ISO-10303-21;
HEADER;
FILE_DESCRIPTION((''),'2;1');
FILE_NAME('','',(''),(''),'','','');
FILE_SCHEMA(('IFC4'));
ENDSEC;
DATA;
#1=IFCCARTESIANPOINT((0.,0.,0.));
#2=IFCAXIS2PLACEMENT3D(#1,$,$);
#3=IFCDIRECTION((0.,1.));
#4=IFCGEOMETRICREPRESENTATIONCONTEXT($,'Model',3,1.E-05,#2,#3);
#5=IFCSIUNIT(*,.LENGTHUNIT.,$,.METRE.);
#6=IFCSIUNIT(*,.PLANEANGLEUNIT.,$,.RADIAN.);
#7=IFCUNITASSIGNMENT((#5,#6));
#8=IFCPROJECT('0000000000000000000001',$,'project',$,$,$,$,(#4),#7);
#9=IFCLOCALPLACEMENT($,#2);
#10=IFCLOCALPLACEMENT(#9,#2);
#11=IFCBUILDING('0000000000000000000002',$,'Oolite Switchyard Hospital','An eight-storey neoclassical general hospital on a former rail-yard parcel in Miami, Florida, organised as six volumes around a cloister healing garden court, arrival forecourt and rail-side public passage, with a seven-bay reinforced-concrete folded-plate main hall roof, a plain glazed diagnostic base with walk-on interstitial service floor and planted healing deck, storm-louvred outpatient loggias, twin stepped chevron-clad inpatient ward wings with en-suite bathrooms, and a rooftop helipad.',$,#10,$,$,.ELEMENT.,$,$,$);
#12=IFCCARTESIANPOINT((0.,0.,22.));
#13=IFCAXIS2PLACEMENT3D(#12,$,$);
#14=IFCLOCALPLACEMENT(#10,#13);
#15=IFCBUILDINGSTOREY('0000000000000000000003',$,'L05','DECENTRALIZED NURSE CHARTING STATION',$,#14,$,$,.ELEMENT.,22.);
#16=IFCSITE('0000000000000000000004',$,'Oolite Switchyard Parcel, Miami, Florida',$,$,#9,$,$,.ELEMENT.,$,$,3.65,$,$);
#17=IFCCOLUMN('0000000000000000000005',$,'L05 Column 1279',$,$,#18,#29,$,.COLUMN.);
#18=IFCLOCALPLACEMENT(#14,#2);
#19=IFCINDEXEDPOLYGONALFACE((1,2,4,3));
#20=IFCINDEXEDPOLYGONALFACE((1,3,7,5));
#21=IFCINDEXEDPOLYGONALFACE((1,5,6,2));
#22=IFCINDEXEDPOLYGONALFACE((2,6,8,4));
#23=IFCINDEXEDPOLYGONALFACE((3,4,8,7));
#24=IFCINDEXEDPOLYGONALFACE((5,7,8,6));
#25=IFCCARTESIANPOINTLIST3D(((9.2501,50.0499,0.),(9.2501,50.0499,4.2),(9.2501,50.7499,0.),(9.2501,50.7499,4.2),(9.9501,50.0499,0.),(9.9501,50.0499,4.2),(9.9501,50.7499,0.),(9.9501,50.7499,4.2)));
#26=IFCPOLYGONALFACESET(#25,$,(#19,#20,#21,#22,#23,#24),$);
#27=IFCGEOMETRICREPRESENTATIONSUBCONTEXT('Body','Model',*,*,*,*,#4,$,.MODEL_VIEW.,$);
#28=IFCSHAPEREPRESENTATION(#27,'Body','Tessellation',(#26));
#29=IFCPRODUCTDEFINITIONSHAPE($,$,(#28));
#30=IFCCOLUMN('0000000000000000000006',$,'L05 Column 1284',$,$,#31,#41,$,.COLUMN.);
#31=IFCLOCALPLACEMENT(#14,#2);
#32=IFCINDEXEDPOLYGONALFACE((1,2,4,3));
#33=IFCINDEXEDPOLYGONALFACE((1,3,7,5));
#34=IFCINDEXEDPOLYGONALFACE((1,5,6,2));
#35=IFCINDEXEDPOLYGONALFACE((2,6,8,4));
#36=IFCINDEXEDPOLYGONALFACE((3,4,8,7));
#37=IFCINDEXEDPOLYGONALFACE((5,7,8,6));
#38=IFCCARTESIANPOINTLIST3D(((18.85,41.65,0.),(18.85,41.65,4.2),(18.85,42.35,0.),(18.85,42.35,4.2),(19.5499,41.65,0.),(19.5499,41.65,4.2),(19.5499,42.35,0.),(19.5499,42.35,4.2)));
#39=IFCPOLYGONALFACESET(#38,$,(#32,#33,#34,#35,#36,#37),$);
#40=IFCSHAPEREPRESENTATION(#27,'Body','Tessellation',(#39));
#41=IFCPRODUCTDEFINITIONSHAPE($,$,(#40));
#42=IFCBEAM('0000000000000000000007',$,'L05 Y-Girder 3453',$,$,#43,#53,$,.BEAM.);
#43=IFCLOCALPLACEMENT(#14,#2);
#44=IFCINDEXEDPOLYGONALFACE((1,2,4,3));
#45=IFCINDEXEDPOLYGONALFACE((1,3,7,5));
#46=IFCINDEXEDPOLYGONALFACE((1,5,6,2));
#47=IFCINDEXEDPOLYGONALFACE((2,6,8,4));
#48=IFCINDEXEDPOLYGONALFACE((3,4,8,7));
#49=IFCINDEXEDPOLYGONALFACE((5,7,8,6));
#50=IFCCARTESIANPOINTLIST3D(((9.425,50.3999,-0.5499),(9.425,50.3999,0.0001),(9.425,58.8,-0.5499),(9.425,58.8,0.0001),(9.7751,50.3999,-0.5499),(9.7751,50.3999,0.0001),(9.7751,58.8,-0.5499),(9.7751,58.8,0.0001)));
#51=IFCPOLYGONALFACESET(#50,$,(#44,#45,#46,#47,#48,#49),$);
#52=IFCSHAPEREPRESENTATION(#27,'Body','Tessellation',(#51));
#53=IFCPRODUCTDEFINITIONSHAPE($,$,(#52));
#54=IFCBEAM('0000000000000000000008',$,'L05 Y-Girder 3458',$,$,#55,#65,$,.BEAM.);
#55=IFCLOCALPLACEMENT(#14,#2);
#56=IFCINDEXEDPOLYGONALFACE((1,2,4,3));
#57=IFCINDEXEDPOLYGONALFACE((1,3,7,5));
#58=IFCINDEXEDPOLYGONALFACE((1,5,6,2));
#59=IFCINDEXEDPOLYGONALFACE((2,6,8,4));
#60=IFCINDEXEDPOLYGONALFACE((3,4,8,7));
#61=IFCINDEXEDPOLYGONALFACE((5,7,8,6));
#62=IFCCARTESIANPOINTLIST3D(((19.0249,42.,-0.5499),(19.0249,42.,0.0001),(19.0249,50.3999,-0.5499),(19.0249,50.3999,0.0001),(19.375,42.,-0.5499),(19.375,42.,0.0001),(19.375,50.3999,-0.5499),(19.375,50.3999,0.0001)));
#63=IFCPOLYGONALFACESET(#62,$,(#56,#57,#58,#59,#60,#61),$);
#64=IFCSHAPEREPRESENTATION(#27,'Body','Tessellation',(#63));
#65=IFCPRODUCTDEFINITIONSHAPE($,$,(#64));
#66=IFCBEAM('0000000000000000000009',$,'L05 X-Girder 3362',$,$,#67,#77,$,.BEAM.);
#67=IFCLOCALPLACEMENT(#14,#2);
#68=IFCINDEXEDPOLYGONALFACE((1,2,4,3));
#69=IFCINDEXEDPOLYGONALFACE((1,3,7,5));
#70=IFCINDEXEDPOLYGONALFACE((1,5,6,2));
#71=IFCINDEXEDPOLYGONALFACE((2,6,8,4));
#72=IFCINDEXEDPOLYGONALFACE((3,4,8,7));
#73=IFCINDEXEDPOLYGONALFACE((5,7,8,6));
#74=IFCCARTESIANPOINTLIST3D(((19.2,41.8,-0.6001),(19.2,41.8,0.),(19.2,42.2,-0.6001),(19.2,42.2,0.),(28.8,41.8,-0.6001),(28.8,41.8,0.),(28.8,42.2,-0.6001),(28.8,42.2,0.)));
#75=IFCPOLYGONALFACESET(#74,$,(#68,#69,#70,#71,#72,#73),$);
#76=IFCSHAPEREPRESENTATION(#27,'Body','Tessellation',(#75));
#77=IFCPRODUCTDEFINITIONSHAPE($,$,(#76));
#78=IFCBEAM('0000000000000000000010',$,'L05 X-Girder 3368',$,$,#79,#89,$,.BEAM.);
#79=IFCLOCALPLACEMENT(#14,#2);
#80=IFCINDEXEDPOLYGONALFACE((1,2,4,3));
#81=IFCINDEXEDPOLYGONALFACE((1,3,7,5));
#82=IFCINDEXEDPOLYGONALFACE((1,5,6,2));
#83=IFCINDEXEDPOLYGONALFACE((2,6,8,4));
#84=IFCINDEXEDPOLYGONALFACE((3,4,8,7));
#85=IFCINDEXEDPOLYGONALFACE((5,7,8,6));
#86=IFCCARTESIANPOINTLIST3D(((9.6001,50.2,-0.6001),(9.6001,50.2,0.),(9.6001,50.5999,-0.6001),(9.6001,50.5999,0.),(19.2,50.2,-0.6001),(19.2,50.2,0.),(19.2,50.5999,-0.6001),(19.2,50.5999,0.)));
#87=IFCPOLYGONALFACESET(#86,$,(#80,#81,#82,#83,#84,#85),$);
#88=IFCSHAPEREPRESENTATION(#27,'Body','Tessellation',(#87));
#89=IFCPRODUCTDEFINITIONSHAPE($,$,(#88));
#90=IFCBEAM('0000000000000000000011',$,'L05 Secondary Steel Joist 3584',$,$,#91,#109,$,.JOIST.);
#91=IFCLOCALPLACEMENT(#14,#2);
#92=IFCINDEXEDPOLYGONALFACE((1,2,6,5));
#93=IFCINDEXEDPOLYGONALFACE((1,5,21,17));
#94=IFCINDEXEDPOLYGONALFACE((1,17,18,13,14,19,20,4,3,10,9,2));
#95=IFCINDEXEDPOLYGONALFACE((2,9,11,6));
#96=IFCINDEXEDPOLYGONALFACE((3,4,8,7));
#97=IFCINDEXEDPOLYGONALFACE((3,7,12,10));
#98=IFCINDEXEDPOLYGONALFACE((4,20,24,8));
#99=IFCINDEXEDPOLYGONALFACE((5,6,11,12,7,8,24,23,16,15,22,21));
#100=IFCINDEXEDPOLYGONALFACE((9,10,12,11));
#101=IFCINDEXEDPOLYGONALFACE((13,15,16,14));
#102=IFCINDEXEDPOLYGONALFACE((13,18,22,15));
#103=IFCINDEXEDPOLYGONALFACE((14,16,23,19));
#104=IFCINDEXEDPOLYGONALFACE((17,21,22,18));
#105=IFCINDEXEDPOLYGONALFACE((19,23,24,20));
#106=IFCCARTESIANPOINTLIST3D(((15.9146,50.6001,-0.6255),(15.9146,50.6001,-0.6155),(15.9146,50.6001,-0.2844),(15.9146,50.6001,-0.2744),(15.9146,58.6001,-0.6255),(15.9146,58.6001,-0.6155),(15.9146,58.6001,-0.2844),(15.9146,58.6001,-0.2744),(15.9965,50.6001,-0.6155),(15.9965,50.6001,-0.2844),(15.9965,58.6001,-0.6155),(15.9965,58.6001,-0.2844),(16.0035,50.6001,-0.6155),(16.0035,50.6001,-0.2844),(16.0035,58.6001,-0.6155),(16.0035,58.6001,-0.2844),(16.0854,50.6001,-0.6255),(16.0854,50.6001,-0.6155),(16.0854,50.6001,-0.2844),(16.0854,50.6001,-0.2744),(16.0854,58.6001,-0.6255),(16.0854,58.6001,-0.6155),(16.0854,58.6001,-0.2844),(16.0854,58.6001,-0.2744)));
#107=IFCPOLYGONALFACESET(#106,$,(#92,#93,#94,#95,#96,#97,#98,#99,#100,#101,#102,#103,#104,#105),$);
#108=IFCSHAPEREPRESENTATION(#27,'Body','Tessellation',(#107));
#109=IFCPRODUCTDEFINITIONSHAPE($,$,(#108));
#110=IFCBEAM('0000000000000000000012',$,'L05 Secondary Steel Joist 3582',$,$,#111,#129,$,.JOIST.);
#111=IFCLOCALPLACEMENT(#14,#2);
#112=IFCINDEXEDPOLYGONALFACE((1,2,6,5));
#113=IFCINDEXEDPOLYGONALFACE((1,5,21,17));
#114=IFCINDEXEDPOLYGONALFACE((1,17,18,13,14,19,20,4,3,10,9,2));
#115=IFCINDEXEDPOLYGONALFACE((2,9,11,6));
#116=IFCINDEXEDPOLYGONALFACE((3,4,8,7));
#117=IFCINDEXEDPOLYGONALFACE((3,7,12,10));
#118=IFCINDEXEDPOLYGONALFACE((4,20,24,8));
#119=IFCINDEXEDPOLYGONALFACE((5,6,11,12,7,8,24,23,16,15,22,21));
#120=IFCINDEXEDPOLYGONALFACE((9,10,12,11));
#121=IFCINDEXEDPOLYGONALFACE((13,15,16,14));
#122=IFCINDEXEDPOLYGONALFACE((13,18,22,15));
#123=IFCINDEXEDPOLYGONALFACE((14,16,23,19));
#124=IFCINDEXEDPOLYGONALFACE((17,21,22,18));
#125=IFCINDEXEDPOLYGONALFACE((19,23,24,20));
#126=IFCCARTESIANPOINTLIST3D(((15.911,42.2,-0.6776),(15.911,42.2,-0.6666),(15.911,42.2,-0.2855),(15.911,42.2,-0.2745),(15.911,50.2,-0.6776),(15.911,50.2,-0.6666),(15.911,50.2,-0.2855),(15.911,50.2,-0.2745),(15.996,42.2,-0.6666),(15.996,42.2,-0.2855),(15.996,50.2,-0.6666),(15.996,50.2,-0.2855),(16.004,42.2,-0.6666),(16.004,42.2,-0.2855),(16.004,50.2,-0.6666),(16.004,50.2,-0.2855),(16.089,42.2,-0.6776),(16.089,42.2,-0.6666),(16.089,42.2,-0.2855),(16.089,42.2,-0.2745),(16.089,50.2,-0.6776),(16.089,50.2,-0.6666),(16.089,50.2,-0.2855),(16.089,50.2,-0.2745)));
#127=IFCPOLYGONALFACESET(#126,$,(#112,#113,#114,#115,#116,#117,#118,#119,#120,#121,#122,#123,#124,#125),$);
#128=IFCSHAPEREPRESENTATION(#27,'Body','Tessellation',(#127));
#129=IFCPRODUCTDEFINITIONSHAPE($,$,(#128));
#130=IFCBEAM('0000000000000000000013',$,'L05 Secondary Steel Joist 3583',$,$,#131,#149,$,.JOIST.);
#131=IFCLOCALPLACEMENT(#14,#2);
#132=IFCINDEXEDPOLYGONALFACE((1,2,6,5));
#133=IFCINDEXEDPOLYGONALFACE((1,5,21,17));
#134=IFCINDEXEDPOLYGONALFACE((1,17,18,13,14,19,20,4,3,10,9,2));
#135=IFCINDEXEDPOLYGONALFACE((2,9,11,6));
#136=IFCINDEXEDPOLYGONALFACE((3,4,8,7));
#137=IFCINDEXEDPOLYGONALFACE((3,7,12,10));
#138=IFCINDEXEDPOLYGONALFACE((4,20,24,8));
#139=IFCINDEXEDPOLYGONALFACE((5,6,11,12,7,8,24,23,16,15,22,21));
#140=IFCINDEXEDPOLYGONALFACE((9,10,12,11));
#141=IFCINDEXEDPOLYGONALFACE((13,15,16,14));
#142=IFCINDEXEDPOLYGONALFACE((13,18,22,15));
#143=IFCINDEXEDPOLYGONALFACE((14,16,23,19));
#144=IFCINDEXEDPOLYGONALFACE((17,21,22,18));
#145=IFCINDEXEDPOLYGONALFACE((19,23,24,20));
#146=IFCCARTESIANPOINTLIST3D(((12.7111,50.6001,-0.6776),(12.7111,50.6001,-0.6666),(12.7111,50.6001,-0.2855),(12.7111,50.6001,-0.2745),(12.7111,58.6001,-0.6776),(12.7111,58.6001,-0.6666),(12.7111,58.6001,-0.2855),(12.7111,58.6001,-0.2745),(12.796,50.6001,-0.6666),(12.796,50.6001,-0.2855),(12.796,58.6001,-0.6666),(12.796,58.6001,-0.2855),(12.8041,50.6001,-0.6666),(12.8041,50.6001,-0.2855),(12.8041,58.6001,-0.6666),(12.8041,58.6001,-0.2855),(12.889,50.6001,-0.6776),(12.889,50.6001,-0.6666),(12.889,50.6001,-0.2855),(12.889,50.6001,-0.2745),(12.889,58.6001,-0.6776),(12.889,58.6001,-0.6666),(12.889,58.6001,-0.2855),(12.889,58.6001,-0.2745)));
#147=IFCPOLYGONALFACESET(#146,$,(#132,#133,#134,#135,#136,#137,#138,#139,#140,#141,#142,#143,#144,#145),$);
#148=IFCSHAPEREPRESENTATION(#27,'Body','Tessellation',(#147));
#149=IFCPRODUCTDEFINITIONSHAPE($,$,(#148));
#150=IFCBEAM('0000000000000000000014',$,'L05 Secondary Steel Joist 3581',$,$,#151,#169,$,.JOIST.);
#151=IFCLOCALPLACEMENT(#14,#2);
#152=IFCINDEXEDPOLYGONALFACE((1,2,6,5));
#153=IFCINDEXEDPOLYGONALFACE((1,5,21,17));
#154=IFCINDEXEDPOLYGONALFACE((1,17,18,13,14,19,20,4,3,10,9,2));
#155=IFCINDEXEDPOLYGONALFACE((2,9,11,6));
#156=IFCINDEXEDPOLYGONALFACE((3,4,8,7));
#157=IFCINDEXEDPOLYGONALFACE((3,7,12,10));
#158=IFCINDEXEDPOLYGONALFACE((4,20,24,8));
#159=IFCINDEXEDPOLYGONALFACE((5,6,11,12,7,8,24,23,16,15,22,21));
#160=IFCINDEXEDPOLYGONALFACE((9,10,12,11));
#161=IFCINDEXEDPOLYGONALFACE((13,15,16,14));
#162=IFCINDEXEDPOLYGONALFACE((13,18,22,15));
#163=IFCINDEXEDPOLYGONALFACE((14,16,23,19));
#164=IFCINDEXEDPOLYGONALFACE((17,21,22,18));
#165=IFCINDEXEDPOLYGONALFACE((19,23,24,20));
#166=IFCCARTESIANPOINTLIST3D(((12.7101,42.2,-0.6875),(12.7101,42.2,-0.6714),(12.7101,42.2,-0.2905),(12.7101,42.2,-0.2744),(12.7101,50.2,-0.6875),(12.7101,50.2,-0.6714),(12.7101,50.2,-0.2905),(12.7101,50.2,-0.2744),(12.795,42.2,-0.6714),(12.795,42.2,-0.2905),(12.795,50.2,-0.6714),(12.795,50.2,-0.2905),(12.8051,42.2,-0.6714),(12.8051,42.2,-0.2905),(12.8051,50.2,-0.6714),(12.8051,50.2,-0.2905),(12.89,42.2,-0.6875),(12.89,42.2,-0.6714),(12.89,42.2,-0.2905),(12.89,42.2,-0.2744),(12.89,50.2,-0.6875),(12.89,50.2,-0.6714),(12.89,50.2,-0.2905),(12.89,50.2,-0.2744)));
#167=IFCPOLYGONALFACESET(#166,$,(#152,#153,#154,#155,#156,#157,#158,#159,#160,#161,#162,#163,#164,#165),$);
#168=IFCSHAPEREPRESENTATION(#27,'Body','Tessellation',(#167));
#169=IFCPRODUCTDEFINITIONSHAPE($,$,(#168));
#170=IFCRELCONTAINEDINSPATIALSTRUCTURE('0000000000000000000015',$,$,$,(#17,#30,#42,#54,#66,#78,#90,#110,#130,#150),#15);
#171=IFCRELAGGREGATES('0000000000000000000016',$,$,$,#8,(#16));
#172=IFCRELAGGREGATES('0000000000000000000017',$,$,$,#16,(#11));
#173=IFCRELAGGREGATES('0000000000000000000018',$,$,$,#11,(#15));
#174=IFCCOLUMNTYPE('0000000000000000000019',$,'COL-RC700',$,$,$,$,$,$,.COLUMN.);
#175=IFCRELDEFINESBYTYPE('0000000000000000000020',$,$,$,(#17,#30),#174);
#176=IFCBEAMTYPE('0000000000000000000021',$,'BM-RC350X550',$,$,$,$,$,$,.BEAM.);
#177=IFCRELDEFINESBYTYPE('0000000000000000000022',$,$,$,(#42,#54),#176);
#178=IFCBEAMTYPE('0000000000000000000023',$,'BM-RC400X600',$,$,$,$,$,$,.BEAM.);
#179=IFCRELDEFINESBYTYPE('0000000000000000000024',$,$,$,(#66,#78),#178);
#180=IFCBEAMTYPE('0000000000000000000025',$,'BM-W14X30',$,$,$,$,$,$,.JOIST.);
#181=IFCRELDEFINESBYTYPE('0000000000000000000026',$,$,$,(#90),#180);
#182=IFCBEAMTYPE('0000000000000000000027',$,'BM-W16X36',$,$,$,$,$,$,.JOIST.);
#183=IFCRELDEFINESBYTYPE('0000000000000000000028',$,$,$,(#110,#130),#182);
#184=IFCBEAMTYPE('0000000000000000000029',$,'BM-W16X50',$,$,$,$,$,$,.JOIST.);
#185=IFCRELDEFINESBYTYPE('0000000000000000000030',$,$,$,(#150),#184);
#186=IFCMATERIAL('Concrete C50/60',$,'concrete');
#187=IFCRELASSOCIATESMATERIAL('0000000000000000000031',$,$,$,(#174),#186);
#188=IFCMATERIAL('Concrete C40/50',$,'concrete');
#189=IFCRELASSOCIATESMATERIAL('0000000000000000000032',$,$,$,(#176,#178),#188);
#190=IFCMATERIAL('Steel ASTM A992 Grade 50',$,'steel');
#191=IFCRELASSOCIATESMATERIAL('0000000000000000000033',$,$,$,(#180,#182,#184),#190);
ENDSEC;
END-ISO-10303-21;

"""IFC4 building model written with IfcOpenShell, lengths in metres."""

from ifc_helpers import new_model, si_unit, direction, frame, origin, origin_2d, place, context, subcontext, project, spatial, rectangle, i_section, extrude, material, material_profile, profile_set, type_object, element, save


model = new_model("IFC4")

# Units and contexts
model_context = context("Model", 3, precision=1e-05, world=origin(), true_north=direction((0.0, 1.0)))
body_context = subcontext(model_context, "Body", "Model", "MODEL_VIEW")
ifc_project = project(units=[si_unit("LENGTHUNIT", "METRE"), si_unit("PLANEANGLEUNIT", "RADIAN")], contexts=[model_context])

# Site, building, storey
site_placement = place(None, origin())
site = spatial("IfcSite", under=ifc_project, at=site_placement, Name="Oolite Switchyard Parcel, Miami, Florida", CompositionType="ELEMENT", RefElevation=3.65)
building_placement = place(site_placement, origin())
building = spatial("IfcBuilding", under=site, at=building_placement, Name="Oolite Switchyard Hospital", Description="An eight-storey neoclassical general hospital on a former rail-yard parcel in Miami, Florida, organised as six volumes around a cloister healing garden court, arrival forecourt and rail-side public passage, with a seven-bay reinforced-concrete folded-plate main hall roof, a plain glazed diagnostic base with walk-on interstitial service floor and planted healing deck, storm-louvred outpatient loggias, twin stepped chevron-clad inpatient ward wings with en-suite bathrooms, and a rooftop helipad.", CompositionType="ELEMENT")
storey_placement = place(building_placement, frame((0.0, 0.0, 22.0)))
storey = spatial("IfcBuildingStorey", under=building, at=storey_placement, Name="L05", Description="DECENTRALIZED NURSE CHARTING STATION", CompositionType="ELEMENT", Elevation=22.0)

# Columns
ifc_material_1 = material(Name="Concrete C50/60", Category="concrete")
ifc_material_profile_1 = material_profile(ifc_material_1, rectangle(XDim=0.7, YDim=0.7, at=origin_2d()), Name="RC700X700")
ifc_profile_set_1 = profile_set([ifc_material_profile_1], Name="Concrete C50/60")
column_type = type_object("IfcColumnType", Name="COL-RC700", PredefinedType="COLUMN", material=ifc_profile_set_1)
for number, where, z_axis, x_axis, name in (
    (1, (9.6001, 50.3999, 0.0), (0.0, 0.0, 1.0), (1.0, 0.0, 0.0), "L05 Column 1279"),
    (2, (19.2, 42.0, 0.0), (0.0, 0.0, 1.0), (1.0, 0.0, 0.0), "L05 Column 1284"),
):
    element("IfcColumn", number, at=place(storey_placement, frame(where, z_axis=z_axis, x_axis=x_axis)), inside=storey, type_object=column_type, Name=name, PredefinedType="COLUMN", context=body_context, shape_type="SweptSolid", body=[
        extrude(rectangle(XDim=0.7, YDim=0.7, at=origin_2d()), origin(), (0.0, 0.0, 1.0), 4.2),
    ])

# Beams
ifc_material_2 = material(Name="Concrete C40/50", Category="concrete")
ifc_material_profile_2 = material_profile(ifc_material_2, rectangle(XDim=0.3501, YDim=0.55, at=origin_2d()), Name="RCB350X550")
ifc_profile_set_2 = profile_set([ifc_material_profile_2], Name="Concrete C40/50")
beam_type_1 = type_object("IfcBeamType", Name="BM-RC350X550", PredefinedType="BEAM", material=ifc_profile_set_2)
beam_1_placement = place(storey_placement, frame((9.6001, 50.3999, -0.2749), z_axis=(0.0, 1.0, 0.0), x_axis=(-1.0, 0.0, 0.0)))
element("IfcBeam", 3, at=beam_1_placement, inside=storey, type_object=beam_type_1, Name="L05 Y-Girder 3453", PredefinedType="BEAM", context=body_context, shape_type="SweptSolid", body=[
    extrude(rectangle(XDim=0.3501, YDim=0.55, at=origin_2d()), origin(), (0.0, 0.0, 1.0), 8.4001),
])
beam_2_placement = place(storey_placement, frame((19.2, 42.0, -0.2749), z_axis=(0.0, 1.0, 0.0), x_axis=(-1.0, 0.0, 0.0)))
element("IfcBeam", 4, at=beam_2_placement, inside=storey, type_object=beam_type_1, Name="L05 Y-Girder 3458", PredefinedType="BEAM", context=body_context, shape_type="SweptSolid", body=[
    extrude(rectangle(XDim=0.3501, YDim=0.55, at=origin_2d()), origin(), (0.0, 0.0, 1.0), 8.3999),
])
ifc_material_profile_3 = material_profile(ifc_material_2, rectangle(XDim=0.3999, YDim=0.6001, at=origin_2d()), Name="RCB400X600")
ifc_profile_set_3 = profile_set([ifc_material_profile_3], Name="Concrete C40/50")
beam_type_2 = type_object("IfcBeamType", Name="BM-RC400X600", PredefinedType="BEAM", material=ifc_profile_set_3)
beam_3_placement = place(storey_placement, frame((19.2, 42.0, -0.3), z_axis=(1.0, 0.0, 0.0), x_axis=(0.0, 1.0, 0.0)))
element("IfcBeam", 5, at=beam_3_placement, inside=storey, type_object=beam_type_2, Name="L05 X-Girder 3362", PredefinedType="BEAM", context=body_context, shape_type="SweptSolid", body=[
    extrude(rectangle(XDim=0.3999, YDim=0.6001, at=origin_2d()), origin(), (0.0, 0.0, 1.0), 9.6001),
])
beam_4_placement = place(storey_placement, frame((9.6001, 50.3999, -0.3), z_axis=(1.0, 0.0, 0.0), x_axis=(0.0, 1.0, 0.0)))
element("IfcBeam", 6, at=beam_4_placement, inside=storey, type_object=beam_type_2, Name="L05 X-Girder 3368", PredefinedType="BEAM", context=body_context, shape_type="SweptSolid", body=[
    extrude(rectangle(XDim=0.3999, YDim=0.6001, at=origin_2d()), origin(), (0.0, 0.0, 1.0), 9.5999),
])
ifc_material_3 = material(Name="Steel ASTM A992 Grade 50", Category="steel")
ifc_material_profile_4 = material_profile(ifc_material_3, i_section(OverallWidth=0.1709, OverallDepth=0.3511, WebThickness=0.0071, FlangeThickness=0.01, at=origin_2d()), Name="W14X30")
ifc_profile_set_4 = profile_set([ifc_material_profile_4], Name="Steel ASTM A992 Grade 50")
beam_type_3 = type_object("IfcBeamType", Name="BM-W14X30", PredefinedType="JOIST", material=ifc_profile_set_4)
beam_5_placement = place(storey_placement, frame((16.0, 50.6001, -0.45), z_axis=(0.0, 1.0, 0.0), x_axis=(-1.0, 0.0, 0.0)))
element("IfcBeam", 7, at=beam_5_placement, inside=storey, type_object=beam_type_3, Name="L05 Secondary Steel Joist 3584", PredefinedType="JOIST", context=body_context, shape_type="SweptSolid", body=[
    extrude(i_section(OverallWidth=0.1709, OverallDepth=0.3511, WebThickness=0.0071, FlangeThickness=0.01, at=origin_2d()), origin(), (0.0, 0.0, 1.0), 8.0),
])
ifc_material_profile_5 = material_profile(ifc_material_3, i_section(OverallWidth=0.178, OverallDepth=0.4031, WebThickness=0.0081, FlangeThickness=0.011, at=origin_2d()), Name="W16X36")
ifc_profile_set_5 = profile_set([ifc_material_profile_5], Name="Steel ASTM A992 Grade 50")
beam_type_4 = type_object("IfcBeamType", Name="BM-W16X36", PredefinedType="JOIST", material=ifc_profile_set_5)
for number, where, z_axis, x_axis, name in (
    (8, (16.0, 42.2, -0.4761), (0.0, 1.0, 0.0), (-1.0, 0.0, 0.0), "L05 Secondary Steel Joist 3582"),
    (9, (12.8, 50.6001, -0.4761), (0.0, 1.0, 0.0), (-1.0, 0.0, 0.0), "L05 Secondary Steel Joist 3583"),
):
    element("IfcBeam", number, at=place(storey_placement, frame(where, z_axis=z_axis, x_axis=x_axis)), inside=storey, type_object=beam_type_4, Name=name, PredefinedType="JOIST", context=body_context, shape_type="SweptSolid", body=[
        extrude(i_section(OverallWidth=0.178, OverallDepth=0.4031, WebThickness=0.0081, FlangeThickness=0.011, at=origin_2d()), origin(), (0.0, 0.0, 1.0), 8.0),
    ])
ifc_material_profile_6 = material_profile(ifc_material_3, i_section(OverallWidth=0.1799, OverallDepth=0.4131, WebThickness=0.01, FlangeThickness=0.0161, at=origin_2d()), Name="W16X50")
ifc_profile_set_6 = profile_set([ifc_material_profile_6], Name="Steel ASTM A992 Grade 50")
beam_type_5 = type_object("IfcBeamType", Name="BM-W16X50", PredefinedType="JOIST", material=ifc_profile_set_6)
beam_6_placement = place(storey_placement, frame((12.8, 42.2, -0.481), z_axis=(0.0, 1.0, 0.0), x_axis=(-1.0, 0.0, 0.0)))
element("IfcBeam", 10, at=beam_6_placement, inside=storey, type_object=beam_type_5, Name="L05 Secondary Steel Joist 3581", PredefinedType="JOIST", context=body_context, shape_type="SweptSolid", body=[
    extrude(i_section(OverallWidth=0.1799, OverallDepth=0.4131, WebThickness=0.01, FlangeThickness=0.0161, at=origin_2d()), origin(), (0.0, 0.0, 1.0), 8.0),
])

save(model, "model.ifc")
